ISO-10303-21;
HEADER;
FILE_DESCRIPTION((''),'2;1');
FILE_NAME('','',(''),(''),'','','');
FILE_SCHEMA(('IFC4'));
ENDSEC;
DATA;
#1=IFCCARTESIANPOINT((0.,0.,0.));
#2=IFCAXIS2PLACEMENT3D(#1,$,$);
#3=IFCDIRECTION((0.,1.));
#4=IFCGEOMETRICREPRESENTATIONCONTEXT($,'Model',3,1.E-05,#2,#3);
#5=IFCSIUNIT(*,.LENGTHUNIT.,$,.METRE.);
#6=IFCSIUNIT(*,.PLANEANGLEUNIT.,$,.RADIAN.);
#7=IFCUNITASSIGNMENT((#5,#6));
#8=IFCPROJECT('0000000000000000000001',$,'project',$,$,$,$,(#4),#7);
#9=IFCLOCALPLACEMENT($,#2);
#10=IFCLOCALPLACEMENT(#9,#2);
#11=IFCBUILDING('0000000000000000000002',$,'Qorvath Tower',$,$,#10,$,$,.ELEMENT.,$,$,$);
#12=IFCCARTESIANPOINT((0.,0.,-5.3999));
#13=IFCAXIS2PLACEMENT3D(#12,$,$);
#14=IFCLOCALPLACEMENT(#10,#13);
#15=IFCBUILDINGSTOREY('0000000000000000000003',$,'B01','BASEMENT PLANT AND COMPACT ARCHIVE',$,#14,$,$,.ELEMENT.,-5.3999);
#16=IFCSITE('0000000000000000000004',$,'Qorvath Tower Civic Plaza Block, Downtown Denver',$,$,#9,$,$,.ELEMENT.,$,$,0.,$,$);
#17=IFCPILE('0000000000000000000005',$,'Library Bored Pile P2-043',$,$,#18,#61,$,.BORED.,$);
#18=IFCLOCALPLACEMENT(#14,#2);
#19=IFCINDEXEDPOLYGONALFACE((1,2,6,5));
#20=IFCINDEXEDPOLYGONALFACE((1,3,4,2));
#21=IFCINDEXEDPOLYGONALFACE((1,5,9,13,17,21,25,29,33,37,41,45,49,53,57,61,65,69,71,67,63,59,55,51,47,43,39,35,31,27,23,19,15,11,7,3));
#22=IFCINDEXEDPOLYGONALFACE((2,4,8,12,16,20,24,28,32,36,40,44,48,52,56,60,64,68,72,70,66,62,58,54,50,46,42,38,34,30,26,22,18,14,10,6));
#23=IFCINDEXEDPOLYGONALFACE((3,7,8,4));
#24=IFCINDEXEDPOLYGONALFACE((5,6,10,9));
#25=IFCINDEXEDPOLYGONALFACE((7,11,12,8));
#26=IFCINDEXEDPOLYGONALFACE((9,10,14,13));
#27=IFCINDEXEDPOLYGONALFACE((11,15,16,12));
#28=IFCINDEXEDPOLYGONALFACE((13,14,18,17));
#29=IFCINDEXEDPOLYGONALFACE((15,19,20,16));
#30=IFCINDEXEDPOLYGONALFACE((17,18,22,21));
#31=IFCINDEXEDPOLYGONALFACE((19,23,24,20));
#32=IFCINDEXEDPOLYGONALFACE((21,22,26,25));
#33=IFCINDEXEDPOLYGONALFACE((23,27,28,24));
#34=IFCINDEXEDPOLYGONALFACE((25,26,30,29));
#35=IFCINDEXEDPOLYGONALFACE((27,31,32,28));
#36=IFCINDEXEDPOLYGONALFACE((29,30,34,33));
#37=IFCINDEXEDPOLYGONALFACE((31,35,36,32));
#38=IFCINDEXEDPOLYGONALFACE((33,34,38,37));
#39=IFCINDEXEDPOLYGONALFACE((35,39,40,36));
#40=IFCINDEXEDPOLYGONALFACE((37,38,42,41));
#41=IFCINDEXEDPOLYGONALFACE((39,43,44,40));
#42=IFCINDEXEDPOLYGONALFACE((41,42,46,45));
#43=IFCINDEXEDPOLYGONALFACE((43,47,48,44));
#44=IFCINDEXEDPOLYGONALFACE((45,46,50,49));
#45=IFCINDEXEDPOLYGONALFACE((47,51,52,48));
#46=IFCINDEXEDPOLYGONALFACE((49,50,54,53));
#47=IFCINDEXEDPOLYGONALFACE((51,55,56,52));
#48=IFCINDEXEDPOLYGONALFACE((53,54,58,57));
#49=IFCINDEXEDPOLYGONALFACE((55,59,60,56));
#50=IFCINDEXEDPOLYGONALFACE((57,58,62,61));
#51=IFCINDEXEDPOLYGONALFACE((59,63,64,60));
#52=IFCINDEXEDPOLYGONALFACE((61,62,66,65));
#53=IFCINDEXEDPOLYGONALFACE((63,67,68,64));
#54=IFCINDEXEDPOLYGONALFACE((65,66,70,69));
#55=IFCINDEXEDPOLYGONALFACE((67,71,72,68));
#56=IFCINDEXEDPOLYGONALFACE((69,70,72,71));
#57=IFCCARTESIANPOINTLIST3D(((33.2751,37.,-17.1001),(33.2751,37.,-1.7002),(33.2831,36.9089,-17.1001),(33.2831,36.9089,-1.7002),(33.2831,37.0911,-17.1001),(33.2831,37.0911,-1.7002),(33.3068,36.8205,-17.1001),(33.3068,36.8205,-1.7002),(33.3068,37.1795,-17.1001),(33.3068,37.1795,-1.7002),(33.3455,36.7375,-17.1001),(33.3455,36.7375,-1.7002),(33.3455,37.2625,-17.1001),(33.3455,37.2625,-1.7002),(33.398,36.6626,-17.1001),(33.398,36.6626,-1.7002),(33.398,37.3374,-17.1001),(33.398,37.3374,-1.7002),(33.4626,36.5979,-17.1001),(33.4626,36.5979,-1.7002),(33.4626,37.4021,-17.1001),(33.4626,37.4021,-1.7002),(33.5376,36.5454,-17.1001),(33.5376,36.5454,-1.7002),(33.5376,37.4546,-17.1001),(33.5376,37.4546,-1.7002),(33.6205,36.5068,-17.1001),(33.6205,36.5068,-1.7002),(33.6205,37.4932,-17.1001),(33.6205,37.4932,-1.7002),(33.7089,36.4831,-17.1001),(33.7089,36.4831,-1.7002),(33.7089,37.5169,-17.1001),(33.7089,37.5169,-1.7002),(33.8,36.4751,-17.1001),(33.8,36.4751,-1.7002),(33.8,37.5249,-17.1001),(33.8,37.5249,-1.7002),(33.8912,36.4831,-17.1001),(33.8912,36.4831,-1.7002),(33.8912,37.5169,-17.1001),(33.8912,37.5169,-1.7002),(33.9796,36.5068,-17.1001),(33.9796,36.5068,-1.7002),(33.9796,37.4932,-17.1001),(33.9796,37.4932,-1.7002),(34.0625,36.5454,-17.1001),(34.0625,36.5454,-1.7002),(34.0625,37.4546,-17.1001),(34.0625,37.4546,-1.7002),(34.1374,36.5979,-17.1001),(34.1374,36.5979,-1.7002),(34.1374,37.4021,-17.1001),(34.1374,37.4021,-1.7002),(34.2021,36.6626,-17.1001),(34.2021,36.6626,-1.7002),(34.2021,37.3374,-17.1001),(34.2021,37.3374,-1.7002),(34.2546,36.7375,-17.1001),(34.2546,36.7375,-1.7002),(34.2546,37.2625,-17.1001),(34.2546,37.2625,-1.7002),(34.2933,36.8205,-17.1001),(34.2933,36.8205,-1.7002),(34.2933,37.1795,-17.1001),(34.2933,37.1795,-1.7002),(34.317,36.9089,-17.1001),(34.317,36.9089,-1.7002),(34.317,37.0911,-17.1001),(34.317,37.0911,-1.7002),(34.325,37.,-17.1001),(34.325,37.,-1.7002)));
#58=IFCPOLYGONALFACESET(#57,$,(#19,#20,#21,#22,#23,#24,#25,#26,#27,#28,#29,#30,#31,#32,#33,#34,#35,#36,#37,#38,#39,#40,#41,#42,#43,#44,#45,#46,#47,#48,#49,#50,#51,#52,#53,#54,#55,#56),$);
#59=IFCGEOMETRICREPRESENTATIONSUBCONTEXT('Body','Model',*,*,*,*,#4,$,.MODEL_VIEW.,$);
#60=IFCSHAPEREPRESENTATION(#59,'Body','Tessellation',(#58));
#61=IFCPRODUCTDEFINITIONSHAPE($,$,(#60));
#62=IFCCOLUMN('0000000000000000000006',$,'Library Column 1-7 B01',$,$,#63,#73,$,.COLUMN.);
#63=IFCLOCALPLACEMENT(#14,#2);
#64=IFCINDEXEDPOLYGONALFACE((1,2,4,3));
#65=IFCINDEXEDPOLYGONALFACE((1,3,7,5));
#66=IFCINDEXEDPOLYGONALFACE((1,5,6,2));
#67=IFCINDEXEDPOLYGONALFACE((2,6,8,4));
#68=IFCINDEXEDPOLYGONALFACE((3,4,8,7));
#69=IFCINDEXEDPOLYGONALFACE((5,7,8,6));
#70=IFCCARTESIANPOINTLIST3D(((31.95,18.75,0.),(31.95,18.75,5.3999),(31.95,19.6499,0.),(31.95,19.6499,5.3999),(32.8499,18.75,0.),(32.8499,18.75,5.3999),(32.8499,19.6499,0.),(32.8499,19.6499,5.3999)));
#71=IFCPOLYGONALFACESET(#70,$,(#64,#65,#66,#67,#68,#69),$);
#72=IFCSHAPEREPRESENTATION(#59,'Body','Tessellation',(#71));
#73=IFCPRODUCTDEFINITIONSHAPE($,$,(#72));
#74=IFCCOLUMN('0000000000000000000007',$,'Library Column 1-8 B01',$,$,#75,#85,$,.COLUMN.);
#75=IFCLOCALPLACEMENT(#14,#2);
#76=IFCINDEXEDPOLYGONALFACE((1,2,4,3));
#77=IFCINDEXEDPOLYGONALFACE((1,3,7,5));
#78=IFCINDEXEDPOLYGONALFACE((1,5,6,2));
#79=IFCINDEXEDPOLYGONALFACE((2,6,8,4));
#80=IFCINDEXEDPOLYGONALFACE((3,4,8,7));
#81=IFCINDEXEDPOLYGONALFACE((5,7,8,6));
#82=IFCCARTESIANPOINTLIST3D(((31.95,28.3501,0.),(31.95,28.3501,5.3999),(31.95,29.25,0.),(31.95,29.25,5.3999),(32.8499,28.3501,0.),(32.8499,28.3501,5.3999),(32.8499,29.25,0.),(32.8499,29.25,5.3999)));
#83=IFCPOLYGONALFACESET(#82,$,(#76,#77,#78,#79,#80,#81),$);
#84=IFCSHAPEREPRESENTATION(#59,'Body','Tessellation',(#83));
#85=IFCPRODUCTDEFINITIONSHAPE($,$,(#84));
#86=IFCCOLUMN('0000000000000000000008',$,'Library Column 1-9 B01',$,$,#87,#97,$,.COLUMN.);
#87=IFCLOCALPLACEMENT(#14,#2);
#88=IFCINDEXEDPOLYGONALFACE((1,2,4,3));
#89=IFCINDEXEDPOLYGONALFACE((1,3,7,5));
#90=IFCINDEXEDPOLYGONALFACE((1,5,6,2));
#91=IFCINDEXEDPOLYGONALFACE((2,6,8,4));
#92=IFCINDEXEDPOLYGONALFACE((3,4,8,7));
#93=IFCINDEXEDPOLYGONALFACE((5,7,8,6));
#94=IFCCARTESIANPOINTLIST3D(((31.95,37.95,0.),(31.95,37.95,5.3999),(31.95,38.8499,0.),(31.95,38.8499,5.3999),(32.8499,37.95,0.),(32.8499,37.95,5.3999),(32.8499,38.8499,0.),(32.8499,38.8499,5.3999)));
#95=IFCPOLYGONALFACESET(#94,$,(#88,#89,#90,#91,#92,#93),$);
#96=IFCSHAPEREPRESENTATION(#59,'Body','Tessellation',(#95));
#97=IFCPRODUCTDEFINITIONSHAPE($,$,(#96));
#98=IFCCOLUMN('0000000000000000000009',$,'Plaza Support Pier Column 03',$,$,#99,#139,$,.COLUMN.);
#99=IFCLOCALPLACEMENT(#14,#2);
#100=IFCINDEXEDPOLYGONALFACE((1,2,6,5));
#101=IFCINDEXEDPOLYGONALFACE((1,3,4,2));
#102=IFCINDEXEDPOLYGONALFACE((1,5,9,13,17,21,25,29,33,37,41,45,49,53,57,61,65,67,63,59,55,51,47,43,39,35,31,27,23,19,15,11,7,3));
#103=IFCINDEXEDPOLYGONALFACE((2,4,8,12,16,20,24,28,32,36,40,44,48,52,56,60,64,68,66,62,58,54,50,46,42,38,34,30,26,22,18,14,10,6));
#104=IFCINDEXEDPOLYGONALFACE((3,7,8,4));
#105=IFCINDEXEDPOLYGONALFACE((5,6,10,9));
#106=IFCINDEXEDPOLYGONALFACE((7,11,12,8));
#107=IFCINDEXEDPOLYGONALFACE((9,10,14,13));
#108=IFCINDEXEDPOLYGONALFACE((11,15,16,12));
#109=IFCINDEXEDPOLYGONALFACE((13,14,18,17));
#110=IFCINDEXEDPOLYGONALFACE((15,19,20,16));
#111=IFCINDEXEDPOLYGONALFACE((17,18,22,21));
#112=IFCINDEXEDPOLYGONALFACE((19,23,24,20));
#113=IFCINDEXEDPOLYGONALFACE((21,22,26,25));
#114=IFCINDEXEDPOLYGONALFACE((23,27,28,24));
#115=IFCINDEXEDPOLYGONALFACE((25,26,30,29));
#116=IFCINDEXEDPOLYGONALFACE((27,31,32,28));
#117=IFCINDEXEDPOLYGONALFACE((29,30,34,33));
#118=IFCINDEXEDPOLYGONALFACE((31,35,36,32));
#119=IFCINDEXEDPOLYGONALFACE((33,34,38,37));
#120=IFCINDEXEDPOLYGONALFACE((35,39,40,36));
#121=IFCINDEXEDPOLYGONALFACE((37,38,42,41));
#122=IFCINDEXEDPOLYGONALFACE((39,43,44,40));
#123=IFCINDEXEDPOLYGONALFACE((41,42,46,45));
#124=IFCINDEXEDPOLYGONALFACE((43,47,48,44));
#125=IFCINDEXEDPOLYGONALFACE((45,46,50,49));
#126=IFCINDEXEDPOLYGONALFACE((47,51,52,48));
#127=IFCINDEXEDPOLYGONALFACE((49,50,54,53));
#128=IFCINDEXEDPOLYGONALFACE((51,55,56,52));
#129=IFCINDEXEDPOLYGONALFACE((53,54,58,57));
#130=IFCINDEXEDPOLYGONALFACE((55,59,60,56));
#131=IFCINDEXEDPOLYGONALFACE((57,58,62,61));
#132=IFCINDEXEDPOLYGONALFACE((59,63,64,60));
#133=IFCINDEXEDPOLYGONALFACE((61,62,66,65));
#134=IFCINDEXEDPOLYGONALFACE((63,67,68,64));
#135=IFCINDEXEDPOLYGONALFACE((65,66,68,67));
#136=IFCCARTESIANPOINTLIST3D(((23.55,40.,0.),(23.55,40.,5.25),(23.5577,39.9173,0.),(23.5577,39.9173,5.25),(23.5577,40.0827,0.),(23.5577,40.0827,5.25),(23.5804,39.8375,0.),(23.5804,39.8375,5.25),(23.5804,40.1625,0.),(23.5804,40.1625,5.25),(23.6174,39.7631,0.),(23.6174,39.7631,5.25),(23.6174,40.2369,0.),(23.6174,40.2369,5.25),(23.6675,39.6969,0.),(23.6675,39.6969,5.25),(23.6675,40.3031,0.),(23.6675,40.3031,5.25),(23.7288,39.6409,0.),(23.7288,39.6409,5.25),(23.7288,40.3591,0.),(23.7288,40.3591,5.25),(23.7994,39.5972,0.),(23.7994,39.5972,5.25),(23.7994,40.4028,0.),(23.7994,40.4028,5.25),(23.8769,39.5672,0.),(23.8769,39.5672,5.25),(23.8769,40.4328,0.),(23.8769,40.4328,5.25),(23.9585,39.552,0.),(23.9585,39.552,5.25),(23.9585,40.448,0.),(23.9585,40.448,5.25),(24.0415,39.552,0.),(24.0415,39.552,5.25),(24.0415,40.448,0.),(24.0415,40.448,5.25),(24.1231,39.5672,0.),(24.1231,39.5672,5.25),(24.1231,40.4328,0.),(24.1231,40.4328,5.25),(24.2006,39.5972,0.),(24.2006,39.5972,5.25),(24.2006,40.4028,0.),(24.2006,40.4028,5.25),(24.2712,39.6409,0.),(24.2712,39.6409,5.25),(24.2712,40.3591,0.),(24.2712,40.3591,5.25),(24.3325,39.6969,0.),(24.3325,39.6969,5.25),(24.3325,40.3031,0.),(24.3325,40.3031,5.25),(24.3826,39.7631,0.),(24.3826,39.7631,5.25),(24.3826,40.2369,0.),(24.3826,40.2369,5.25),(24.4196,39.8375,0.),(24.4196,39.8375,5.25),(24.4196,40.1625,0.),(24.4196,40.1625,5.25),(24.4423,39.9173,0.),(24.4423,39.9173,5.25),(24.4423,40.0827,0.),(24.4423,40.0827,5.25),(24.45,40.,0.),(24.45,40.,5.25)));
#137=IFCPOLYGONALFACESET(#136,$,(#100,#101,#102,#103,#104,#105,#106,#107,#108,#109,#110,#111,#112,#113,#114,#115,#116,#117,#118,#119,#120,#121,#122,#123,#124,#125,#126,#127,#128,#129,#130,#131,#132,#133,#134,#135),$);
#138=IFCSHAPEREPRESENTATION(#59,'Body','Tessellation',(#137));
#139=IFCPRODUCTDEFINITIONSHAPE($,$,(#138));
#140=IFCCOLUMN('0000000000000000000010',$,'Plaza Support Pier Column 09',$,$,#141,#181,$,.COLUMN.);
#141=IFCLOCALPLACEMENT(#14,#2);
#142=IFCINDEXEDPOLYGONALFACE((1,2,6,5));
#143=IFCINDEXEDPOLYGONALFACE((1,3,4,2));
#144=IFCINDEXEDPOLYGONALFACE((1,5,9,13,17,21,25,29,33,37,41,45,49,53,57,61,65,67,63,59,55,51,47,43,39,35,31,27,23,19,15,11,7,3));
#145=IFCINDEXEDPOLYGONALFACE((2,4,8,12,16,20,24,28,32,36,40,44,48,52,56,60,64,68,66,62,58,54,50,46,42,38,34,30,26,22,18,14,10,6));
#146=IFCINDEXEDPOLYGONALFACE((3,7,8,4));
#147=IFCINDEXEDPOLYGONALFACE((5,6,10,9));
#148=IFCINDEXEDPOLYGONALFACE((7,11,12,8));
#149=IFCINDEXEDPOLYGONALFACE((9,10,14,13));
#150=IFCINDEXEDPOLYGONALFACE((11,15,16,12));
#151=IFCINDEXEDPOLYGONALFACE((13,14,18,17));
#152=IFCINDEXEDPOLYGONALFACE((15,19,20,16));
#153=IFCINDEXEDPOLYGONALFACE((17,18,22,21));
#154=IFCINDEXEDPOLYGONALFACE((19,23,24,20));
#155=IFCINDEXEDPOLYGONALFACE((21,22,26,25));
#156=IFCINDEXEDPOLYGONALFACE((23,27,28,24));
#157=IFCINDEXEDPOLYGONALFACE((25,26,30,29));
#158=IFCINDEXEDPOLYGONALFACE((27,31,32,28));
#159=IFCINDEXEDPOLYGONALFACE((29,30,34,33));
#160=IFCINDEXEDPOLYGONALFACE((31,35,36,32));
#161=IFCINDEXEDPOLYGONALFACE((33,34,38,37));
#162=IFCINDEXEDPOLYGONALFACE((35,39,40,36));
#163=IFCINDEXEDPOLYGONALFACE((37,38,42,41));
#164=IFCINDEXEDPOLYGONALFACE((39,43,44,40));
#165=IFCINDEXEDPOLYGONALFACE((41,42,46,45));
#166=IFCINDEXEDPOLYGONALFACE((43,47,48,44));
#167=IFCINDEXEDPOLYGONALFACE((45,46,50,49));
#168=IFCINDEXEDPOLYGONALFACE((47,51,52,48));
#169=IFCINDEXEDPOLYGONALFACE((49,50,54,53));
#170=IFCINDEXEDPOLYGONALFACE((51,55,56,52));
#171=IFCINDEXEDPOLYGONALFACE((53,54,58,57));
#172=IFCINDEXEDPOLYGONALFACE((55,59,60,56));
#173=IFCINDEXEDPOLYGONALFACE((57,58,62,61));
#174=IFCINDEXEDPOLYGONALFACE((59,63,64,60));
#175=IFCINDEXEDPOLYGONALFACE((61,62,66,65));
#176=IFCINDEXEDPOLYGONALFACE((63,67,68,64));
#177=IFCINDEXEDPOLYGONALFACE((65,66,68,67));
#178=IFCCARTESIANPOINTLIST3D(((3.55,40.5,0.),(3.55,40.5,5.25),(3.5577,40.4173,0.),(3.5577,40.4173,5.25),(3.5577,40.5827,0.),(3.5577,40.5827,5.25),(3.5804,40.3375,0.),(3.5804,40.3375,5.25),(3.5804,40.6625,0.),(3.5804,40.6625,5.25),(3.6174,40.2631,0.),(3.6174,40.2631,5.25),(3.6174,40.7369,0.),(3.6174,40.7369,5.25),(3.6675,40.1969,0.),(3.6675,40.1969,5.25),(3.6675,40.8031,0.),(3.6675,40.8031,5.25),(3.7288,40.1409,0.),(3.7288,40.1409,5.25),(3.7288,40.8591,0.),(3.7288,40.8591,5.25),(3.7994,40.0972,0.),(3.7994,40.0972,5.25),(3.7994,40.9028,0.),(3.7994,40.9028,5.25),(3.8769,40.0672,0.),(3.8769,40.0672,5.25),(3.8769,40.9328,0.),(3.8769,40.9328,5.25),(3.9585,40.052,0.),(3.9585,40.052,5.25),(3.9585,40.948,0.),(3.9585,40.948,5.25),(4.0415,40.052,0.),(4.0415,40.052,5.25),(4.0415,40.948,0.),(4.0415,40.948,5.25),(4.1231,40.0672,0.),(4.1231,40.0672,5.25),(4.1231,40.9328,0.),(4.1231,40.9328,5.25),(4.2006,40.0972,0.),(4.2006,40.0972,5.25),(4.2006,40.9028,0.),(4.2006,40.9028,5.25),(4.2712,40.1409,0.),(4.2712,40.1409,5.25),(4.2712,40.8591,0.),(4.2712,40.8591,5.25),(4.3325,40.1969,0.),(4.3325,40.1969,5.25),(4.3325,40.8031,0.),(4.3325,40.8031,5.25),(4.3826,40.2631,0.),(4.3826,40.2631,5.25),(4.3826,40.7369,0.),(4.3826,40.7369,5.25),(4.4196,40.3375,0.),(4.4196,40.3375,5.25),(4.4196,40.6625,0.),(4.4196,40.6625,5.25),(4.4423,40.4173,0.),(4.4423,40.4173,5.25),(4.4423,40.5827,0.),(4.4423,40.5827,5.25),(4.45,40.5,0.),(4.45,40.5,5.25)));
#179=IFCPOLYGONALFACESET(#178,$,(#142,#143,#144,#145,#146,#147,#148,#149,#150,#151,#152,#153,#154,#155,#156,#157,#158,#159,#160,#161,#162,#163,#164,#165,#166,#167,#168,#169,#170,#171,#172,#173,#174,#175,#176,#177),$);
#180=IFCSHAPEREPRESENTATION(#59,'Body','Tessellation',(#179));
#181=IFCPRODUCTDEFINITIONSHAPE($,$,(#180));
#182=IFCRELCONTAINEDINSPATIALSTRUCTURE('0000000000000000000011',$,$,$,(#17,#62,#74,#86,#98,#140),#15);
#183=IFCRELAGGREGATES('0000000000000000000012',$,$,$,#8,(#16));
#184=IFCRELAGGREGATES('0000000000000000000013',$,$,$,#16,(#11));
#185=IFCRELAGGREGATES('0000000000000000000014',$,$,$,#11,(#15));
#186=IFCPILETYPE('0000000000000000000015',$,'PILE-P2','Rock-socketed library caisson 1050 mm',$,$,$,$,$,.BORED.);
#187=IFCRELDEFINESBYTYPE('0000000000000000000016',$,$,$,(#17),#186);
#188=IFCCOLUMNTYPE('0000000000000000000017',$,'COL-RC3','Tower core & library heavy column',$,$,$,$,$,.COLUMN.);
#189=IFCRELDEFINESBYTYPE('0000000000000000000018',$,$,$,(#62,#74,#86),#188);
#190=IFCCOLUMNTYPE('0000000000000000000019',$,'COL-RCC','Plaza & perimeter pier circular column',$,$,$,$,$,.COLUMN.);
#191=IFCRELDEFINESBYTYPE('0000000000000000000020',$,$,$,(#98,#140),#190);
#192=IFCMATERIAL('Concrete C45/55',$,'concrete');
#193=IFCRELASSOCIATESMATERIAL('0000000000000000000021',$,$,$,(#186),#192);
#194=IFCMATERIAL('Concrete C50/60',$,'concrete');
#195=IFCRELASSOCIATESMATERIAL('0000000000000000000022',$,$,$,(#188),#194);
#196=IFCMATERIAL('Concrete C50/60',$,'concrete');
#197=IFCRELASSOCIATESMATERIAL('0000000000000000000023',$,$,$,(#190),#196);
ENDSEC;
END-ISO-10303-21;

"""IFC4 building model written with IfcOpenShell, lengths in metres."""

from ifc_helpers import new_model, si_unit, direction, frame, origin, origin_2d, place, context, subcontext, project, spatial, rectangle, circle, extrude, material, material_profile, profile_set, type_object, element, save


model = new_model("IFC4")

# Units and contexts
model_context = context("Model", 3, precision=1e-05, world=origin(), true_north=direction((0.0, 1.0)))
body_context = subcontext(model_context, "Body", "Model", "MODEL_VIEW")
ifc_project = project(units=[si_unit("LENGTHUNIT", "METRE"), si_unit("PLANEANGLEUNIT", "RADIAN")], contexts=[model_context])

# Site, building, storey
site_placement = place(None, origin())
site = spatial("IfcSite", under=ifc_project, at=site_placement, Name="Qorvath Tower Civic Plaza Block, Downtown Denver", CompositionType="ELEMENT", RefElevation=0.0)
building_placement = place(site_placement, origin())
building = spatial("IfcBuilding", under=site, at=building_placement, Name="Qorvath Tower", CompositionType="ELEMENT")
storey_placement = place(building_placement, frame((0.0, 0.0, -5.3999)))
storey = spatial("IfcBuildingStorey", under=building, at=storey_placement, Name="B01", Description="BASEMENT PLANT AND COMPACT ARCHIVE", CompositionType="ELEMENT", Elevation=-5.3999)

# Pile
ifc_material_1 = material(Name="Concrete C45/55", Category="concrete")
ifc_material_profile_1 = material_profile(ifc_material_1, circle(Radius=0.5249, at=origin_2d()), Name="BORED PILE 1050")
ifc_profile_set_1 = profile_set([ifc_material_profile_1], Name="Concrete C45/55")
pile_type_1 = type_object("IfcPileType", Name="PILE-P2", Description="Rock-socketed library caisson 1050 mm", PredefinedType="BORED", material=ifc_profile_set_1)
for number, where, z_axis, x_axis, name in (
    (1, (33.8, 37.0, -1.7002), (0.0, 0.0, -1.0), (1.0, 0.0, 0.0), "Library Bored Pile P2-043"),
):
    element("IfcPile", number, at=place(storey_placement, frame(where, z_axis=z_axis, x_axis=x_axis)), inside=storey, type_object=pile_type_1, Name=name, PredefinedType="BORED", context=body_context, shape_type="SweptSolid", body=[
        extrude(circle(Radius=0.5249, at=origin_2d()), origin(), (0.0, 0.0, 1.0), 15.3999),
    ])

# Columns
ifc_material_2 = material(Name="Concrete C50/60", Category="concrete")
ifc_material_profile_2 = material_profile(ifc_material_2, rectangle(XDim=0.8999, YDim=0.8999, at=origin_2d()), Name="RC 900x900")
ifc_profile_set_2 = profile_set([ifc_material_profile_2], Name="Concrete C50/60")
column_type_1 = type_object("IfcColumnType", Name="COL-RC3", Description="Tower core & library heavy column", PredefinedType="COLUMN", material=ifc_profile_set_2)
for number, where, z_axis, x_axis, name in (
    (2, (32.3999, 19.2, 0.0), (0.0, 0.0, 1.0), (1.0, 0.0, 0.0), "Library Column 1-7 B01"),
    (3, (32.3999, 28.8, 0.0), (0.0, 0.0, 1.0), (1.0, 0.0, 0.0), "Library Column 1-8 B01"),
    (4, (32.3999, 38.3999, 0.0), (0.0, 0.0, 1.0), (1.0, 0.0, 0.0), "Library Column 1-9 B01"),
):
    element("IfcColumn", number, at=place(storey_placement, frame(where, z_axis=z_axis, x_axis=x_axis)), inside=storey, type_object=column_type_1, Name=name, PredefinedType="COLUMN", context=body_context, shape_type="SweptSolid", body=[
        extrude(rectangle(XDim=0.8999, YDim=0.8999, at=origin_2d()), origin(), (0.0, 0.0, 1.0), 5.3999),
    ])
ifc_material_3 = material(Name="Concrete C50/60", Category="concrete")
ifc_material_profile_3 = material_profile(ifc_material_3, circle(Radius=0.45, at=origin_2d()), Name="RCC 900")
ifc_profile_set_3 = profile_set([ifc_material_profile_3], Name="Concrete C50/60")
column_type_2 = type_object("IfcColumnType", Name="COL-RCC", Description="Plaza & perimeter pier circular column", PredefinedType="COLUMN", material=ifc_profile_set_3)
for number, where, z_axis, x_axis, name in (
    (5, (24.0, 40.0, 0.0), (0.0, 0.0, 1.0), (1.0, 0.0, 0.0), "Plaza Support Pier Column 03"),
    (6, (4.0, 40.5, 0.0), (0.0, 0.0, 1.0), (1.0, 0.0, 0.0), "Plaza Support Pier Column 09"),
):
    element("IfcColumn", number, at=place(storey_placement, frame(where, z_axis=z_axis, x_axis=x_axis)), inside=storey, type_object=column_type_2, Name=name, PredefinedType="COLUMN", context=body_context, shape_type="SweptSolid", body=[
        extrude(circle(Radius=0.45, at=origin_2d()), origin(), (0.0, 0.0, 1.0), 5.25),
    ])

save(model, "model.ifc")
